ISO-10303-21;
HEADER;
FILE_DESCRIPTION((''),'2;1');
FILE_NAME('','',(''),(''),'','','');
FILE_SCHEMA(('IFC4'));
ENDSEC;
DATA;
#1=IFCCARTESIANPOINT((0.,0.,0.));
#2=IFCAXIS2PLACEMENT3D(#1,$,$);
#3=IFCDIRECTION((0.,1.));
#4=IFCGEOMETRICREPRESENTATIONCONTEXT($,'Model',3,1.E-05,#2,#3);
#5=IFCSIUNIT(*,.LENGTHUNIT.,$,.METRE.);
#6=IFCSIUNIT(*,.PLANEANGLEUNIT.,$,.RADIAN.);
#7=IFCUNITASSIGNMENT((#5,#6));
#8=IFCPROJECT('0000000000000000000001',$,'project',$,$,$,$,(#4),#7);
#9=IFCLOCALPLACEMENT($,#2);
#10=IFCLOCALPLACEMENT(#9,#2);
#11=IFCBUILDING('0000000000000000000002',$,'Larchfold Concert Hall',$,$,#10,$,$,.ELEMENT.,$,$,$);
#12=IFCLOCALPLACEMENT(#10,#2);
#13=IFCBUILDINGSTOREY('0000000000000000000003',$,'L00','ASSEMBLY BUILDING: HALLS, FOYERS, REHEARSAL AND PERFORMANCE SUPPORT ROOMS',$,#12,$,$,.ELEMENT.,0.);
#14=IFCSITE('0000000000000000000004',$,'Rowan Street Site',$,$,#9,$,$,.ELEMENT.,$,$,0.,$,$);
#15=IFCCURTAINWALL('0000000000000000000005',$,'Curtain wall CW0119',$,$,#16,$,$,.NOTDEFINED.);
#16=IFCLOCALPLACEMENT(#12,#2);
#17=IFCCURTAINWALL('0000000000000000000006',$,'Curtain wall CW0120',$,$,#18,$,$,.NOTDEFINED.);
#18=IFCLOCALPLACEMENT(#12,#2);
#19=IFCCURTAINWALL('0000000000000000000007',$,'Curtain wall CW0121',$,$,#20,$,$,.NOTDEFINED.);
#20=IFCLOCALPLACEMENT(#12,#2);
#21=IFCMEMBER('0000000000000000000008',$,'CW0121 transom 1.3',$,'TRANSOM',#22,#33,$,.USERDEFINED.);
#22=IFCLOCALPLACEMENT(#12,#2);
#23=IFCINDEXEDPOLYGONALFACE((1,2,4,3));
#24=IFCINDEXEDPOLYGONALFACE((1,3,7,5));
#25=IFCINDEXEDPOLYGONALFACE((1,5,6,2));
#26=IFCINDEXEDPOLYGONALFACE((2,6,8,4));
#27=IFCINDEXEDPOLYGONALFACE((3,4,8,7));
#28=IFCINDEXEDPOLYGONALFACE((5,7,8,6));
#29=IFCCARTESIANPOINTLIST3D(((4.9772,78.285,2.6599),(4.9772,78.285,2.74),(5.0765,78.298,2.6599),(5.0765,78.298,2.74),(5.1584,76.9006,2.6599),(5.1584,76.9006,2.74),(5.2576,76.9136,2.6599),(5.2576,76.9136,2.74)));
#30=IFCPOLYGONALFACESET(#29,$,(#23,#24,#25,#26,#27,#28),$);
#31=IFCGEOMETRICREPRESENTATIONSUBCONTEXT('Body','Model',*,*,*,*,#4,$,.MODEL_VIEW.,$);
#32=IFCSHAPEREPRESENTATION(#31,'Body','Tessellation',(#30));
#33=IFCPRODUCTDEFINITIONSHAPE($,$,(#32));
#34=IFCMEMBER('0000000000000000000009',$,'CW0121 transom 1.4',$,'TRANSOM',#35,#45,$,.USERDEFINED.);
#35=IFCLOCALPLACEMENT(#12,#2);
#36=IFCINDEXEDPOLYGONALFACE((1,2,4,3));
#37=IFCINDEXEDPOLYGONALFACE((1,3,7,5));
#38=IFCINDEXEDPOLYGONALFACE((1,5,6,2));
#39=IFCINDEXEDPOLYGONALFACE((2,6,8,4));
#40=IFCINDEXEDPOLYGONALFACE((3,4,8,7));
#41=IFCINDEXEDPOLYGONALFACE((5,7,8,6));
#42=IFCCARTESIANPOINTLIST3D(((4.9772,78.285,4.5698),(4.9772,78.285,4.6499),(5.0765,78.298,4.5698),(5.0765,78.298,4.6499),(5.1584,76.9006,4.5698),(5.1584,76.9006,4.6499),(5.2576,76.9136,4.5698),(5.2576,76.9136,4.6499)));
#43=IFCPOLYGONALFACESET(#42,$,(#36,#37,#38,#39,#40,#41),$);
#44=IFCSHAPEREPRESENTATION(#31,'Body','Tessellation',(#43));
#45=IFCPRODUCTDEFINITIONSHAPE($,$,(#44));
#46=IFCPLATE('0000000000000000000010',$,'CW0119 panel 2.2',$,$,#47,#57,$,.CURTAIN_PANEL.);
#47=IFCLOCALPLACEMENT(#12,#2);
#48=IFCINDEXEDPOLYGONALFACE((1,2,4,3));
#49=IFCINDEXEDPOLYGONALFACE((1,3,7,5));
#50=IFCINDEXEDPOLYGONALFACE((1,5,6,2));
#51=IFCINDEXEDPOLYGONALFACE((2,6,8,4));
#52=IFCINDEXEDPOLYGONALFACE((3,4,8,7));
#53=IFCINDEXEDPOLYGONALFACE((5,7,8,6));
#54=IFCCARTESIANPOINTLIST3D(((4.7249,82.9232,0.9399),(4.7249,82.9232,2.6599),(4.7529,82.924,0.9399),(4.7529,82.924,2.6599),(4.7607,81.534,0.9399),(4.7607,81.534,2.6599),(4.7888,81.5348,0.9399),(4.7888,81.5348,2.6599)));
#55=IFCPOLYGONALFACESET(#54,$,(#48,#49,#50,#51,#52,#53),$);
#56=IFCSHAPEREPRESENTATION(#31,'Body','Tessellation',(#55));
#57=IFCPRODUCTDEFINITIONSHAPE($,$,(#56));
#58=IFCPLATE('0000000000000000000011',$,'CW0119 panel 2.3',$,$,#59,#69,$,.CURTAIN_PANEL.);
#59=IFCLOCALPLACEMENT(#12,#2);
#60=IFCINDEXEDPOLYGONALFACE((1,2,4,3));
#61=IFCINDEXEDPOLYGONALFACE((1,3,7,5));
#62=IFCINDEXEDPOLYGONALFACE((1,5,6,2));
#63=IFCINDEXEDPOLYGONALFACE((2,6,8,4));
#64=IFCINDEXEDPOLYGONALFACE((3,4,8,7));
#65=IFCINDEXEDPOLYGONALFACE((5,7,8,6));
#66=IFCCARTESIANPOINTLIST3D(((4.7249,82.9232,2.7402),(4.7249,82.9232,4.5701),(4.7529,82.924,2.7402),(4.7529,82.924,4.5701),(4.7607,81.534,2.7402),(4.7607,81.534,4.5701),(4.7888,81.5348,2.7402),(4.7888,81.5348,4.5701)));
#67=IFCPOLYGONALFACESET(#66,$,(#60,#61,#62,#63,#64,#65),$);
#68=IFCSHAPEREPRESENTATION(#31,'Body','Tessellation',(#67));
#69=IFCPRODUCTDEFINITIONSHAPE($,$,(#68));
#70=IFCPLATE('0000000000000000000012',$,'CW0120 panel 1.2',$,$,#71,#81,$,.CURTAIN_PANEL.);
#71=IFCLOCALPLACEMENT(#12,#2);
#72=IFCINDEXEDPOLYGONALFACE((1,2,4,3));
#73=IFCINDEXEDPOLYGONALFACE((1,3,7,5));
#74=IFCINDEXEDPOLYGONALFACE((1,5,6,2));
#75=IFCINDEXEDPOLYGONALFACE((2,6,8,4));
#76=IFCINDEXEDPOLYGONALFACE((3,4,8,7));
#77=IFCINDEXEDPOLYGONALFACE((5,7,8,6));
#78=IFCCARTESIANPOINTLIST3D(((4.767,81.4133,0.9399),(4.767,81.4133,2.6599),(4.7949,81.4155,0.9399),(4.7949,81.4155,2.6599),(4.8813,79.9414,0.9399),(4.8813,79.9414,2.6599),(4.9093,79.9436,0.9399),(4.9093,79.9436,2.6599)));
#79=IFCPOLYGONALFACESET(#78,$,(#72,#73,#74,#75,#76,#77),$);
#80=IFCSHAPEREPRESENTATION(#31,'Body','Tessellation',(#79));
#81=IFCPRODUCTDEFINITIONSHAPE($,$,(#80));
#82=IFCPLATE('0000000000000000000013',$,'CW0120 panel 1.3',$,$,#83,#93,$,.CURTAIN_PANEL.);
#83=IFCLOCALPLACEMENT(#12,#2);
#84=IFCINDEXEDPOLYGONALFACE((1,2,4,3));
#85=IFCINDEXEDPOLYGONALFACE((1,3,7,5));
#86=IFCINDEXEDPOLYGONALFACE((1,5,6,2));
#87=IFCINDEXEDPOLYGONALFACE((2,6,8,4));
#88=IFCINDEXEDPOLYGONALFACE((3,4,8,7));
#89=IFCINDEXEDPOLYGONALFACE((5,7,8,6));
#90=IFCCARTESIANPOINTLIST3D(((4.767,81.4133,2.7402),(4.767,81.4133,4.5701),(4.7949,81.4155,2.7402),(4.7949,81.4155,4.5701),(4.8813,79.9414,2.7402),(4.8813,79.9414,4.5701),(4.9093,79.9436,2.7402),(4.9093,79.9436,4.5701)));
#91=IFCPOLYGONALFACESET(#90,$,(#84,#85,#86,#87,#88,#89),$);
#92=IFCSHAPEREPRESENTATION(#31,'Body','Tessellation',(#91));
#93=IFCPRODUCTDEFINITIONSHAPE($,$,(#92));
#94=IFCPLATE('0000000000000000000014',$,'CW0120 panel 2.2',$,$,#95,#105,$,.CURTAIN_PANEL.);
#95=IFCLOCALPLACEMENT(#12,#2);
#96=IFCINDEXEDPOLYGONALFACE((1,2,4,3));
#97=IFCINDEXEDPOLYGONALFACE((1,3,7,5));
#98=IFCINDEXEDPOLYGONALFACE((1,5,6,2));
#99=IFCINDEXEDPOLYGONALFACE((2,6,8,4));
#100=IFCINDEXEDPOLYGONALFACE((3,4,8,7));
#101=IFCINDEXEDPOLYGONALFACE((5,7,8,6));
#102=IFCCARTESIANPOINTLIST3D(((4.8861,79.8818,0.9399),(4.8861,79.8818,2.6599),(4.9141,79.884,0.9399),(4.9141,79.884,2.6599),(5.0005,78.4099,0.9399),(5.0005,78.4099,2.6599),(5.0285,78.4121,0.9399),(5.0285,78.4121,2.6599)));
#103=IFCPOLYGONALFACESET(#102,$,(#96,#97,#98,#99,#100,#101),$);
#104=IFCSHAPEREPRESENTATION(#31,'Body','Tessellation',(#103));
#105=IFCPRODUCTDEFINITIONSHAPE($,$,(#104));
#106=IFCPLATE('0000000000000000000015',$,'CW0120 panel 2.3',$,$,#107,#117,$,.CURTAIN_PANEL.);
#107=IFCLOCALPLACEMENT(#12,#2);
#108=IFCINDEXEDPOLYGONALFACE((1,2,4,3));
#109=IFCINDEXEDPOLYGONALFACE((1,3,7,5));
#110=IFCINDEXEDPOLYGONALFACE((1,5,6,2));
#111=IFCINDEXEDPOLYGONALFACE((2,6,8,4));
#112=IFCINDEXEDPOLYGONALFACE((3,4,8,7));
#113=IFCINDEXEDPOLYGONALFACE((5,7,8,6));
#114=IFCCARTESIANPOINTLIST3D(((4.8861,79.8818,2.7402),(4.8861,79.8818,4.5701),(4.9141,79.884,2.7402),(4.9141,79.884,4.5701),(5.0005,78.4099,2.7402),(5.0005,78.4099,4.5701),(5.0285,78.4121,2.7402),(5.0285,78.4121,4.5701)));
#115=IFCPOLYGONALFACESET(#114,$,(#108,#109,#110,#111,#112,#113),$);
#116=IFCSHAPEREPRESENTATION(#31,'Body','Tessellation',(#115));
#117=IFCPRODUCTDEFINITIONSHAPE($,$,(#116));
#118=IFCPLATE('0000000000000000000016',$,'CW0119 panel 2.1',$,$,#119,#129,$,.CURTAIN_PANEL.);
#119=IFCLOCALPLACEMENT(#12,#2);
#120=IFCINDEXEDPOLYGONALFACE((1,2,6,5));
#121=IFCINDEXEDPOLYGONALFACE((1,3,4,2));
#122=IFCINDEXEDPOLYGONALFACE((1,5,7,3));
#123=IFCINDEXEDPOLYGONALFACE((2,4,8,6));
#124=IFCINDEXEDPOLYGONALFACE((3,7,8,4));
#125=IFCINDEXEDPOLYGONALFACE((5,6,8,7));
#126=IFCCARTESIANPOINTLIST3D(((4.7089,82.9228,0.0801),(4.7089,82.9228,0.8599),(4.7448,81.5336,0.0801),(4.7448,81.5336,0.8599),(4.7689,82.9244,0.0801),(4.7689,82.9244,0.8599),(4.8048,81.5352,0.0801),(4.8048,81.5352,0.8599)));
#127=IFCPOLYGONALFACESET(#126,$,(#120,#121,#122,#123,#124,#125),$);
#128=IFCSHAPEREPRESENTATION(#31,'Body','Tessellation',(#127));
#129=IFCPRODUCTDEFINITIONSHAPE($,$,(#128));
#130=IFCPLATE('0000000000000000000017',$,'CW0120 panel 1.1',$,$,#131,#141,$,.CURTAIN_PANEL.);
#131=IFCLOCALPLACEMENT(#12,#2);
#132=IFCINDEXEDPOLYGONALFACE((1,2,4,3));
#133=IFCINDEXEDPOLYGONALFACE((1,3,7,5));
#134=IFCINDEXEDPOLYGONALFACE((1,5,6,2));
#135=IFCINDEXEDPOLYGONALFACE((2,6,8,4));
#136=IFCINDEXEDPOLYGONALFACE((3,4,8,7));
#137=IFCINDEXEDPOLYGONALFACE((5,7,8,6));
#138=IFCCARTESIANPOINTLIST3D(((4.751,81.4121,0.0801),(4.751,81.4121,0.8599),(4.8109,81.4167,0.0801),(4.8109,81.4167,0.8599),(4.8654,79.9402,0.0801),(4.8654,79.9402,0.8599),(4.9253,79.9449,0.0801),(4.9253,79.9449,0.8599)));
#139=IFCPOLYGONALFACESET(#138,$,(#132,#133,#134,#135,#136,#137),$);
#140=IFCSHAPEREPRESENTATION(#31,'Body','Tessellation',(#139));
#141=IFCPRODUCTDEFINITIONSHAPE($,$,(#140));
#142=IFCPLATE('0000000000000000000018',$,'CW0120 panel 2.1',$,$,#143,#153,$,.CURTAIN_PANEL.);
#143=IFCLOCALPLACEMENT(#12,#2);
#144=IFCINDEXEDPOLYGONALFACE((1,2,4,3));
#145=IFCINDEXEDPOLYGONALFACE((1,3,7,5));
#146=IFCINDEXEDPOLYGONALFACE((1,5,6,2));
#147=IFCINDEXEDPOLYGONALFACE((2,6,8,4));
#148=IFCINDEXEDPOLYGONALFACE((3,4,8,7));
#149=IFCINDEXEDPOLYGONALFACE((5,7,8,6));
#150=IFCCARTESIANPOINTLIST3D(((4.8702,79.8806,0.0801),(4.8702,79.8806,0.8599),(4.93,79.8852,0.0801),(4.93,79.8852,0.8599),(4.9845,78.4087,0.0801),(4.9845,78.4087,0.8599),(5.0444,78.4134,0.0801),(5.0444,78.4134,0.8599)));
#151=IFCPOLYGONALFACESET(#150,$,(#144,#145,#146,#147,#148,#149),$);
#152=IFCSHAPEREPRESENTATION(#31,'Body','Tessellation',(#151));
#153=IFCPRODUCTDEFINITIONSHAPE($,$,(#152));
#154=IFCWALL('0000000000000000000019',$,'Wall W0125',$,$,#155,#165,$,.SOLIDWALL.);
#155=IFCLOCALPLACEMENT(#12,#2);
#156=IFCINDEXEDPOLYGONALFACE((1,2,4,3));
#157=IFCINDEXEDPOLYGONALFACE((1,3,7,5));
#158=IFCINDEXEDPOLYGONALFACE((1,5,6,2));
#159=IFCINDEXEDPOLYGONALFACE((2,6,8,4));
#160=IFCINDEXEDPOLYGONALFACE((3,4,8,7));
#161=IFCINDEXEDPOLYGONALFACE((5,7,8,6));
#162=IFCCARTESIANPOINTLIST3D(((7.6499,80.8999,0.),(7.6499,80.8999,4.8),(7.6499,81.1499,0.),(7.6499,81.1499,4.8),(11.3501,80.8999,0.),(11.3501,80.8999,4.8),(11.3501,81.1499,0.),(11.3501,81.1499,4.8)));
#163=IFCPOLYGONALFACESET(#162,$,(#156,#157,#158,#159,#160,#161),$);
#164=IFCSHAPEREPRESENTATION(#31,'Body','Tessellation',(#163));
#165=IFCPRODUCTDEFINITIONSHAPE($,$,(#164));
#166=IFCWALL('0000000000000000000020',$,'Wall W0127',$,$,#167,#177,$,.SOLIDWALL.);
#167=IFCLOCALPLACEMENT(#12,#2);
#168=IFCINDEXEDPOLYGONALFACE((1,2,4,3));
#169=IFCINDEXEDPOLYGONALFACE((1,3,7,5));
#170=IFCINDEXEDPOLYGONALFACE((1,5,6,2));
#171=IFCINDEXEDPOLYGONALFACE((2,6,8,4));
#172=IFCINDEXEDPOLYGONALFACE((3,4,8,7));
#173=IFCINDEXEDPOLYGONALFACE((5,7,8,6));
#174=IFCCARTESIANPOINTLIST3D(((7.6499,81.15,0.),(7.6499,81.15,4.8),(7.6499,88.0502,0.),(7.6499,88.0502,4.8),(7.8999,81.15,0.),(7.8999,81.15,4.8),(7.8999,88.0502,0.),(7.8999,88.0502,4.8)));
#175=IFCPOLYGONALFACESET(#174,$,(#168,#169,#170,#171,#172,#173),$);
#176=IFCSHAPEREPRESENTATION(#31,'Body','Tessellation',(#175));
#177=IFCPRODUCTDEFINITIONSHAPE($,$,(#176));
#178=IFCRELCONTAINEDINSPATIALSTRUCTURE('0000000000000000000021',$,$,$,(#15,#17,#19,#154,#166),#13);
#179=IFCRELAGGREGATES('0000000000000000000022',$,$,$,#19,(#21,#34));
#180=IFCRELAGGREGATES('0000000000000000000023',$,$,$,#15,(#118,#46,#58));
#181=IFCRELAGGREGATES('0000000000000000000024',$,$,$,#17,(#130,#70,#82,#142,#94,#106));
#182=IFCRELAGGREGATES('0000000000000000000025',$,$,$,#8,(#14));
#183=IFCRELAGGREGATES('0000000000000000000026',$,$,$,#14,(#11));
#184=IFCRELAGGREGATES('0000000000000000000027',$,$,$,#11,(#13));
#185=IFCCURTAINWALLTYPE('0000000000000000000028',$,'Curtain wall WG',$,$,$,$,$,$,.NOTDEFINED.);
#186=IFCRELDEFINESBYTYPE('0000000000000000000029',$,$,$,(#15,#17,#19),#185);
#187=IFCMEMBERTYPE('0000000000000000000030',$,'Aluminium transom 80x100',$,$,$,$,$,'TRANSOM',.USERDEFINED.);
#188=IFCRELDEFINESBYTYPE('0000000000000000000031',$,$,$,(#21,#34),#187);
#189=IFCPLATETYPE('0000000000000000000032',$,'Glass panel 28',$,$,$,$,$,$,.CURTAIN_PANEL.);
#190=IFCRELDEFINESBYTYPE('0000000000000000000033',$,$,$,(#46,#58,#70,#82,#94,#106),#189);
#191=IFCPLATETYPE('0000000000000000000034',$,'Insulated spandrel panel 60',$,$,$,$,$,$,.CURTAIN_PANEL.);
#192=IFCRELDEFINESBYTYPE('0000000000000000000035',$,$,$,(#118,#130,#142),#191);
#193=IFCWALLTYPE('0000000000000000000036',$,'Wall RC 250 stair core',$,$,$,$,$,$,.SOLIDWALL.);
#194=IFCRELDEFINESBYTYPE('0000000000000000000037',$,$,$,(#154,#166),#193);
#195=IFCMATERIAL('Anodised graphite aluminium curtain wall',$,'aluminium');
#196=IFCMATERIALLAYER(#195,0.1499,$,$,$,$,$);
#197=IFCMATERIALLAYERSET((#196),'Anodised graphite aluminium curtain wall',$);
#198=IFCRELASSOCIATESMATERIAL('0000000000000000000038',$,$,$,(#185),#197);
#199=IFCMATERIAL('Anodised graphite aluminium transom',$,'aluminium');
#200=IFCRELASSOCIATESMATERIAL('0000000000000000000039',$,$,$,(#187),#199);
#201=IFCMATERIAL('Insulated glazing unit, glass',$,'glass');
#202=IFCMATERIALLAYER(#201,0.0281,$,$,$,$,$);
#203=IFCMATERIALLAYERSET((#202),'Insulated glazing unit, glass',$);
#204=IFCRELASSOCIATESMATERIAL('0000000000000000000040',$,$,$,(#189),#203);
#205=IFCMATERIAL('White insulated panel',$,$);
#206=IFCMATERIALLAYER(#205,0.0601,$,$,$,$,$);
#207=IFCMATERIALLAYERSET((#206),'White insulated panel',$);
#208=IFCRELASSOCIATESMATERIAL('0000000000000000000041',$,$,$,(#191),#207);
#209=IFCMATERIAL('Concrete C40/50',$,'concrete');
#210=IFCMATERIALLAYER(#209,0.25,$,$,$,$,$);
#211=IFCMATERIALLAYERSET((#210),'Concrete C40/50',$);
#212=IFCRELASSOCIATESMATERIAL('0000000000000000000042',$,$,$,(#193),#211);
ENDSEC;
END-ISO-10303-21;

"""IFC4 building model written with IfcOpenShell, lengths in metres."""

from ifc_helpers import new_model, si_unit, direction, frame, frame_2d, origin, origin_2d, place, context, subcontext, project, spatial, rectangle, extrude, material, layer, layer_set, material_profile, profile_set, type_object, element, aggregate, save


model = new_model("IFC4")

# Units and contexts
model_context = context("Model", 3, precision=1e-05, world=origin(), true_north=direction((0.0, 1.0)))
body_context = subcontext(model_context, "Body", "Model", "MODEL_VIEW")
ifc_project = project(units=[si_unit("LENGTHUNIT", "METRE"), si_unit("PLANEANGLEUNIT", "RADIAN")], contexts=[model_context])

# Site, building, storey
site_placement = place(None, origin())
site = spatial("IfcSite", under=ifc_project, at=site_placement, Name="Rowan Street Site", CompositionType="ELEMENT", RefElevation=0.0)
building_placement = place(site_placement, origin())
building = spatial("IfcBuilding", under=site, at=building_placement, Name="Larchfold Concert Hall", CompositionType="ELEMENT")
storey_placement = place(building_placement, origin())
storey = spatial("IfcBuildingStorey", under=building, at=storey_placement, Name="L00", Description="ASSEMBLY BUILDING: HALLS, FOYERS, REHEARSAL AND PERFORMANCE SUPPORT ROOMS", CompositionType="ELEMENT", Elevation=0.0)

# Curtain wall
ifc_material_1 = material(Name="Anodised graphite aluminium curtain wall", Category="aluminium")
ifc_layer_1 = layer(ifc_material_1, 0.1499)
ifc_layer_set_1 = layer_set([ifc_layer_1], Name="Anodised graphite aluminium curtain wall")
curtain_wall_type = type_object("IfcCurtainWallType", Name="Curtain wall WG", PredefinedType="NOTDEFINED", material=ifc_layer_set_1)
curtain_wall_1_placement = place(storey_placement, origin())
curtain_wall_1 = element("IfcCurtainWall", 1, at=curtain_wall_1_placement, inside=storey, type_object=curtain_wall_type, Name="Curtain wall CW0119", PredefinedType="NOTDEFINED")

# Curtain wall
curtain_wall_2_placement = place(storey_placement, origin())
curtain_wall_2 = element("IfcCurtainWall", 2, at=curtain_wall_2_placement, inside=storey, type_object=curtain_wall_type, Name="Curtain wall CW0120", PredefinedType="NOTDEFINED")

# Curtain wall
curtain_wall_3_placement = place(storey_placement, origin())
curtain_wall_3 = element("IfcCurtainWall", 3, at=curtain_wall_3_placement, inside=storey, type_object=curtain_wall_type, Name="Curtain wall CW0121", PredefinedType="NOTDEFINED")

# Members
ifc_material_2 = material(Name="Anodised graphite aluminium transom", Category="aluminium")
ifc_material_profile_1 = material_profile(ifc_material_2, rectangle(XDim=0.1001, YDim=0.0801, at=origin_2d()))
ifc_profile_set_1 = profile_set([ifc_material_profile_1], Name="Anodised graphite aluminium transom")
member_type_1 = type_object("IfcMemberType", Name="Aluminium transom 80x100", ElementType="TRANSOM", PredefinedType="USERDEFINED", material=ifc_profile_set_1)
member_1_placement = place(storey_placement, frame((5.0269, 78.2915, 2.7), z_axis=(0.129735, -0.991549, 0.0), x_axis=(0.991549, 0.129735, 0.0)))
member_1 = element("IfcMember", 4, at=member_1_placement, type_object=member_type_1, Name="CW0121 transom 1.3", ObjectType="TRANSOM", PredefinedType="USERDEFINED", context=body_context, shape_type="SweptSolid", body=[
    extrude(rectangle(XDim=0.1001, YDim=0.0801, at=origin_2d()), origin(), (0.0, 0.0, 1.0), 1.3962),
])
member_2_placement = place(storey_placement, frame((5.0269, 78.2915, 4.6099), z_axis=(0.129735, -0.991549, 0.0), x_axis=(0.991549, 0.129735, 0.0)))
member_2 = element("IfcMember", 5, at=member_2_placement, type_object=member_type_1, Name="CW0121 transom 1.4", ObjectType="TRANSOM", PredefinedType="USERDEFINED", context=body_context, shape_type="SweptSolid", body=[
    extrude(rectangle(XDim=0.1001, YDim=0.0801, at=origin_2d()), origin(), (0.0, 0.0, 1.0), 1.3962),
])
aggregate(curtain_wall_3, [member_1, member_2])

# Plates
ifc_material_3 = material(Name="Insulated glazing unit, glass", Category="glass")
ifc_layer_2 = layer(ifc_material_3, 0.0281)
ifc_layer_set_2 = layer_set([ifc_layer_2], Name="Insulated glazing unit, glass")
plate_type_1 = type_object("IfcPlateType", Name="Glass panel 28", PredefinedType="CURTAIN_PANEL", material=ifc_layer_set_2)
plate_1_placement = place(storey_placement, frame((4.7568, 82.229, 0.9399), z_axis=(0.0, 0.0, 1.0), x_axis=(0.025821, -0.999667, 0.0)))
plate_1 = element("IfcPlate", 6, at=plate_1_placement, type_object=plate_type_1, Name="CW0119 panel 2.2", PredefinedType="CURTAIN_PANEL", context=body_context, shape_type="SweptSolid", body=[
    extrude(rectangle(XDim=1.3896, YDim=0.0281, at=origin_2d()), origin(), (0.0, 0.0, 1.0), 1.72),
])
plate_2_placement = place(storey_placement, frame((4.7568, 82.229, 2.7402), z_axis=(0.0, 0.0, 1.0), x_axis=(0.025821, -0.999667, 0.0)))
plate_2 = element("IfcPlate", 7, at=plate_2_placement, type_object=plate_type_1, Name="CW0119 panel 2.3", PredefinedType="CURTAIN_PANEL", context=body_context, shape_type="SweptSolid", body=[
    extrude(rectangle(XDim=1.3896, YDim=0.0281, at=origin_2d()), origin(), (0.0, 0.0, 1.0), 1.8298),
])
plate_3_placement = place(storey_placement, frame((4.8381, 80.6785, 0.9399), z_axis=(0.0, 0.0, 1.0), x_axis=(0.077465, -0.996995, 0.0)))
plate_3 = element("IfcPlate", 8, at=plate_3_placement, type_object=plate_type_1, Name="CW0120 panel 1.2", PredefinedType="CURTAIN_PANEL", context=body_context, shape_type="SweptSolid", body=[
    extrude(rectangle(XDim=1.4763, YDim=0.0281, at=origin_2d()), origin(), (0.0, 0.0, 1.0), 1.72),
])
plate_4_placement = place(storey_placement, frame((4.8381, 80.6785, 2.7402), z_axis=(0.0, 0.0, 1.0), x_axis=(0.077465, -0.996995, 0.0)))
plate_4 = element("IfcPlate", 9, at=plate_4_placement, type_object=plate_type_1, Name="CW0120 panel 1.3", PredefinedType="CURTAIN_PANEL", context=body_context, shape_type="SweptSolid", body=[
    extrude(rectangle(XDim=1.4763, YDim=0.0281, at=origin_2d()), origin(), (0.0, 0.0, 1.0), 1.8298),
])
plate_5_placement = place(storey_placement, frame((4.9573, 79.147, 0.9399), z_axis=(0.0, 0.0, 1.0), x_axis=(0.077465, -0.996995, 0.0)))
plate_5 = element("IfcPlate", 10, at=plate_5_placement, type_object=plate_type_1, Name="CW0120 panel 2.2", PredefinedType="CURTAIN_PANEL", context=body_context, shape_type="SweptSolid", body=[
    extrude(rectangle(XDim=1.4763, YDim=0.0281, at=origin_2d()), origin(), (0.0, 0.0, 1.0), 1.72),
])
plate_6_placement = place(storey_placement, frame((4.9573, 79.147, 2.7402), z_axis=(0.0, 0.0, 1.0), x_axis=(0.077465, -0.996995, 0.0)))
plate_6 = element("IfcPlate", 11, at=plate_6_placement, type_object=plate_type_1, Name="CW0120 panel 2.3", PredefinedType="CURTAIN_PANEL", context=body_context, shape_type="SweptSolid", body=[
    extrude(rectangle(XDim=1.4763, YDim=0.0281, at=origin_2d()), origin(), (0.0, 0.0, 1.0), 1.8298),
])
ifc_material_4 = material(Name="White insulated panel")
ifc_layer_3 = layer(ifc_material_4, 0.0601)
ifc_layer_set_3 = layer_set([ifc_layer_3], Name="White insulated panel")
plate_type_2 = type_object("IfcPlateType", Name="Insulated spandrel panel 60", PredefinedType="CURTAIN_PANEL", material=ifc_layer_set_3)
plate_7_placement = place(storey_placement, frame((4.7568, 82.229, 0.0801), z_axis=(0.0, 0.0, 1.0), x_axis=(0.025821, -0.999667, 0.0)))
plate_7 = element("IfcPlate", 12, at=plate_7_placement, type_object=plate_type_2, Name="CW0119 panel 2.1", PredefinedType="CURTAIN_PANEL", context=body_context, shape_type="SweptSolid", body=[
    extrude(rectangle(XDim=1.3896, YDim=0.0601, at=origin_2d()), origin(), (0.0, 0.0, 1.0), 0.7798),
])
aggregate(curtain_wall_1, [plate_7, plate_1, plate_2])
plate_8_placement = place(storey_placement, frame((4.8381, 80.6785, 0.0801), z_axis=(0.0, 0.0, 1.0), x_axis=(0.077465, -0.996995, 0.0)))
plate_8 = element("IfcPlate", 13, at=plate_8_placement, type_object=plate_type_2, Name="CW0120 panel 1.1", PredefinedType="CURTAIN_PANEL", context=body_context, shape_type="SweptSolid", body=[
    extrude(rectangle(XDim=1.4763, YDim=0.0601, at=origin_2d()), origin(), (0.0, 0.0, 1.0), 0.7798),
])
plate_9_placement = place(storey_placement, frame((4.9573, 79.147, 0.0801), z_axis=(0.0, 0.0, 1.0), x_axis=(0.077465, -0.996995, 0.0)))
plate_9 = element("IfcPlate", 14, at=plate_9_placement, type_object=plate_type_2, Name="CW0120 panel 2.1", PredefinedType="CURTAIN_PANEL", context=body_context, shape_type="SweptSolid", body=[
    extrude(rectangle(XDim=1.4763, YDim=0.0601, at=origin_2d()), origin(), (0.0, 0.0, 1.0), 0.7798),
])
aggregate(curtain_wall_2, [plate_8, plate_3, plate_4, plate_9, plate_5, plate_6])

# Walls
ifc_material_5 = material(Name="Concrete C40/50", Category="concrete")
ifc_layer_4 = layer(ifc_material_5, 0.25)
ifc_layer_set_4 = layer_set([ifc_layer_4], Name="Concrete C40/50")
wall_type = type_object("IfcWallType", Name="Wall RC 250 stair core", PredefinedType="SOLIDWALL", material=ifc_layer_set_4)
wall_1_placement = place(storey_placement, frame((7.6499, 81.0249, 0.0), z_axis=(0.0, 0.0, 1.0), x_axis=(1.0, 0.0, 0.0)))
element("IfcWall", 15, at=wall_1_placement, inside=storey, type_object=wall_type, Name="Wall W0125", PredefinedType="SOLIDWALL", context=body_context, shape_type="SweptSolid", body=[
    extrude(rectangle(XDim=3.7002, YDim=0.25, at=frame_2d((1.8501, 0.0))), origin(), (0.0, 0.0, 1.0), 4.8),
])
wall_2_placement = place(storey_placement, frame((7.7749, 81.1499, 0.0), z_axis=(0.0, 0.0, 1.0), x_axis=(0.0, 1.0, 0.0)))
element("IfcWall", 16, at=wall_2_placement, inside=storey, type_object=wall_type, Name="Wall W0127", PredefinedType="SOLIDWALL", context=body_context, shape_type="SweptSolid", body=[
    extrude(rectangle(XDim=6.9001, YDim=0.25, at=frame_2d((3.4502, 0.0))), origin(), (0.0, 0.0, 1.0), 4.8),
])

save(model, "model.ifc")
